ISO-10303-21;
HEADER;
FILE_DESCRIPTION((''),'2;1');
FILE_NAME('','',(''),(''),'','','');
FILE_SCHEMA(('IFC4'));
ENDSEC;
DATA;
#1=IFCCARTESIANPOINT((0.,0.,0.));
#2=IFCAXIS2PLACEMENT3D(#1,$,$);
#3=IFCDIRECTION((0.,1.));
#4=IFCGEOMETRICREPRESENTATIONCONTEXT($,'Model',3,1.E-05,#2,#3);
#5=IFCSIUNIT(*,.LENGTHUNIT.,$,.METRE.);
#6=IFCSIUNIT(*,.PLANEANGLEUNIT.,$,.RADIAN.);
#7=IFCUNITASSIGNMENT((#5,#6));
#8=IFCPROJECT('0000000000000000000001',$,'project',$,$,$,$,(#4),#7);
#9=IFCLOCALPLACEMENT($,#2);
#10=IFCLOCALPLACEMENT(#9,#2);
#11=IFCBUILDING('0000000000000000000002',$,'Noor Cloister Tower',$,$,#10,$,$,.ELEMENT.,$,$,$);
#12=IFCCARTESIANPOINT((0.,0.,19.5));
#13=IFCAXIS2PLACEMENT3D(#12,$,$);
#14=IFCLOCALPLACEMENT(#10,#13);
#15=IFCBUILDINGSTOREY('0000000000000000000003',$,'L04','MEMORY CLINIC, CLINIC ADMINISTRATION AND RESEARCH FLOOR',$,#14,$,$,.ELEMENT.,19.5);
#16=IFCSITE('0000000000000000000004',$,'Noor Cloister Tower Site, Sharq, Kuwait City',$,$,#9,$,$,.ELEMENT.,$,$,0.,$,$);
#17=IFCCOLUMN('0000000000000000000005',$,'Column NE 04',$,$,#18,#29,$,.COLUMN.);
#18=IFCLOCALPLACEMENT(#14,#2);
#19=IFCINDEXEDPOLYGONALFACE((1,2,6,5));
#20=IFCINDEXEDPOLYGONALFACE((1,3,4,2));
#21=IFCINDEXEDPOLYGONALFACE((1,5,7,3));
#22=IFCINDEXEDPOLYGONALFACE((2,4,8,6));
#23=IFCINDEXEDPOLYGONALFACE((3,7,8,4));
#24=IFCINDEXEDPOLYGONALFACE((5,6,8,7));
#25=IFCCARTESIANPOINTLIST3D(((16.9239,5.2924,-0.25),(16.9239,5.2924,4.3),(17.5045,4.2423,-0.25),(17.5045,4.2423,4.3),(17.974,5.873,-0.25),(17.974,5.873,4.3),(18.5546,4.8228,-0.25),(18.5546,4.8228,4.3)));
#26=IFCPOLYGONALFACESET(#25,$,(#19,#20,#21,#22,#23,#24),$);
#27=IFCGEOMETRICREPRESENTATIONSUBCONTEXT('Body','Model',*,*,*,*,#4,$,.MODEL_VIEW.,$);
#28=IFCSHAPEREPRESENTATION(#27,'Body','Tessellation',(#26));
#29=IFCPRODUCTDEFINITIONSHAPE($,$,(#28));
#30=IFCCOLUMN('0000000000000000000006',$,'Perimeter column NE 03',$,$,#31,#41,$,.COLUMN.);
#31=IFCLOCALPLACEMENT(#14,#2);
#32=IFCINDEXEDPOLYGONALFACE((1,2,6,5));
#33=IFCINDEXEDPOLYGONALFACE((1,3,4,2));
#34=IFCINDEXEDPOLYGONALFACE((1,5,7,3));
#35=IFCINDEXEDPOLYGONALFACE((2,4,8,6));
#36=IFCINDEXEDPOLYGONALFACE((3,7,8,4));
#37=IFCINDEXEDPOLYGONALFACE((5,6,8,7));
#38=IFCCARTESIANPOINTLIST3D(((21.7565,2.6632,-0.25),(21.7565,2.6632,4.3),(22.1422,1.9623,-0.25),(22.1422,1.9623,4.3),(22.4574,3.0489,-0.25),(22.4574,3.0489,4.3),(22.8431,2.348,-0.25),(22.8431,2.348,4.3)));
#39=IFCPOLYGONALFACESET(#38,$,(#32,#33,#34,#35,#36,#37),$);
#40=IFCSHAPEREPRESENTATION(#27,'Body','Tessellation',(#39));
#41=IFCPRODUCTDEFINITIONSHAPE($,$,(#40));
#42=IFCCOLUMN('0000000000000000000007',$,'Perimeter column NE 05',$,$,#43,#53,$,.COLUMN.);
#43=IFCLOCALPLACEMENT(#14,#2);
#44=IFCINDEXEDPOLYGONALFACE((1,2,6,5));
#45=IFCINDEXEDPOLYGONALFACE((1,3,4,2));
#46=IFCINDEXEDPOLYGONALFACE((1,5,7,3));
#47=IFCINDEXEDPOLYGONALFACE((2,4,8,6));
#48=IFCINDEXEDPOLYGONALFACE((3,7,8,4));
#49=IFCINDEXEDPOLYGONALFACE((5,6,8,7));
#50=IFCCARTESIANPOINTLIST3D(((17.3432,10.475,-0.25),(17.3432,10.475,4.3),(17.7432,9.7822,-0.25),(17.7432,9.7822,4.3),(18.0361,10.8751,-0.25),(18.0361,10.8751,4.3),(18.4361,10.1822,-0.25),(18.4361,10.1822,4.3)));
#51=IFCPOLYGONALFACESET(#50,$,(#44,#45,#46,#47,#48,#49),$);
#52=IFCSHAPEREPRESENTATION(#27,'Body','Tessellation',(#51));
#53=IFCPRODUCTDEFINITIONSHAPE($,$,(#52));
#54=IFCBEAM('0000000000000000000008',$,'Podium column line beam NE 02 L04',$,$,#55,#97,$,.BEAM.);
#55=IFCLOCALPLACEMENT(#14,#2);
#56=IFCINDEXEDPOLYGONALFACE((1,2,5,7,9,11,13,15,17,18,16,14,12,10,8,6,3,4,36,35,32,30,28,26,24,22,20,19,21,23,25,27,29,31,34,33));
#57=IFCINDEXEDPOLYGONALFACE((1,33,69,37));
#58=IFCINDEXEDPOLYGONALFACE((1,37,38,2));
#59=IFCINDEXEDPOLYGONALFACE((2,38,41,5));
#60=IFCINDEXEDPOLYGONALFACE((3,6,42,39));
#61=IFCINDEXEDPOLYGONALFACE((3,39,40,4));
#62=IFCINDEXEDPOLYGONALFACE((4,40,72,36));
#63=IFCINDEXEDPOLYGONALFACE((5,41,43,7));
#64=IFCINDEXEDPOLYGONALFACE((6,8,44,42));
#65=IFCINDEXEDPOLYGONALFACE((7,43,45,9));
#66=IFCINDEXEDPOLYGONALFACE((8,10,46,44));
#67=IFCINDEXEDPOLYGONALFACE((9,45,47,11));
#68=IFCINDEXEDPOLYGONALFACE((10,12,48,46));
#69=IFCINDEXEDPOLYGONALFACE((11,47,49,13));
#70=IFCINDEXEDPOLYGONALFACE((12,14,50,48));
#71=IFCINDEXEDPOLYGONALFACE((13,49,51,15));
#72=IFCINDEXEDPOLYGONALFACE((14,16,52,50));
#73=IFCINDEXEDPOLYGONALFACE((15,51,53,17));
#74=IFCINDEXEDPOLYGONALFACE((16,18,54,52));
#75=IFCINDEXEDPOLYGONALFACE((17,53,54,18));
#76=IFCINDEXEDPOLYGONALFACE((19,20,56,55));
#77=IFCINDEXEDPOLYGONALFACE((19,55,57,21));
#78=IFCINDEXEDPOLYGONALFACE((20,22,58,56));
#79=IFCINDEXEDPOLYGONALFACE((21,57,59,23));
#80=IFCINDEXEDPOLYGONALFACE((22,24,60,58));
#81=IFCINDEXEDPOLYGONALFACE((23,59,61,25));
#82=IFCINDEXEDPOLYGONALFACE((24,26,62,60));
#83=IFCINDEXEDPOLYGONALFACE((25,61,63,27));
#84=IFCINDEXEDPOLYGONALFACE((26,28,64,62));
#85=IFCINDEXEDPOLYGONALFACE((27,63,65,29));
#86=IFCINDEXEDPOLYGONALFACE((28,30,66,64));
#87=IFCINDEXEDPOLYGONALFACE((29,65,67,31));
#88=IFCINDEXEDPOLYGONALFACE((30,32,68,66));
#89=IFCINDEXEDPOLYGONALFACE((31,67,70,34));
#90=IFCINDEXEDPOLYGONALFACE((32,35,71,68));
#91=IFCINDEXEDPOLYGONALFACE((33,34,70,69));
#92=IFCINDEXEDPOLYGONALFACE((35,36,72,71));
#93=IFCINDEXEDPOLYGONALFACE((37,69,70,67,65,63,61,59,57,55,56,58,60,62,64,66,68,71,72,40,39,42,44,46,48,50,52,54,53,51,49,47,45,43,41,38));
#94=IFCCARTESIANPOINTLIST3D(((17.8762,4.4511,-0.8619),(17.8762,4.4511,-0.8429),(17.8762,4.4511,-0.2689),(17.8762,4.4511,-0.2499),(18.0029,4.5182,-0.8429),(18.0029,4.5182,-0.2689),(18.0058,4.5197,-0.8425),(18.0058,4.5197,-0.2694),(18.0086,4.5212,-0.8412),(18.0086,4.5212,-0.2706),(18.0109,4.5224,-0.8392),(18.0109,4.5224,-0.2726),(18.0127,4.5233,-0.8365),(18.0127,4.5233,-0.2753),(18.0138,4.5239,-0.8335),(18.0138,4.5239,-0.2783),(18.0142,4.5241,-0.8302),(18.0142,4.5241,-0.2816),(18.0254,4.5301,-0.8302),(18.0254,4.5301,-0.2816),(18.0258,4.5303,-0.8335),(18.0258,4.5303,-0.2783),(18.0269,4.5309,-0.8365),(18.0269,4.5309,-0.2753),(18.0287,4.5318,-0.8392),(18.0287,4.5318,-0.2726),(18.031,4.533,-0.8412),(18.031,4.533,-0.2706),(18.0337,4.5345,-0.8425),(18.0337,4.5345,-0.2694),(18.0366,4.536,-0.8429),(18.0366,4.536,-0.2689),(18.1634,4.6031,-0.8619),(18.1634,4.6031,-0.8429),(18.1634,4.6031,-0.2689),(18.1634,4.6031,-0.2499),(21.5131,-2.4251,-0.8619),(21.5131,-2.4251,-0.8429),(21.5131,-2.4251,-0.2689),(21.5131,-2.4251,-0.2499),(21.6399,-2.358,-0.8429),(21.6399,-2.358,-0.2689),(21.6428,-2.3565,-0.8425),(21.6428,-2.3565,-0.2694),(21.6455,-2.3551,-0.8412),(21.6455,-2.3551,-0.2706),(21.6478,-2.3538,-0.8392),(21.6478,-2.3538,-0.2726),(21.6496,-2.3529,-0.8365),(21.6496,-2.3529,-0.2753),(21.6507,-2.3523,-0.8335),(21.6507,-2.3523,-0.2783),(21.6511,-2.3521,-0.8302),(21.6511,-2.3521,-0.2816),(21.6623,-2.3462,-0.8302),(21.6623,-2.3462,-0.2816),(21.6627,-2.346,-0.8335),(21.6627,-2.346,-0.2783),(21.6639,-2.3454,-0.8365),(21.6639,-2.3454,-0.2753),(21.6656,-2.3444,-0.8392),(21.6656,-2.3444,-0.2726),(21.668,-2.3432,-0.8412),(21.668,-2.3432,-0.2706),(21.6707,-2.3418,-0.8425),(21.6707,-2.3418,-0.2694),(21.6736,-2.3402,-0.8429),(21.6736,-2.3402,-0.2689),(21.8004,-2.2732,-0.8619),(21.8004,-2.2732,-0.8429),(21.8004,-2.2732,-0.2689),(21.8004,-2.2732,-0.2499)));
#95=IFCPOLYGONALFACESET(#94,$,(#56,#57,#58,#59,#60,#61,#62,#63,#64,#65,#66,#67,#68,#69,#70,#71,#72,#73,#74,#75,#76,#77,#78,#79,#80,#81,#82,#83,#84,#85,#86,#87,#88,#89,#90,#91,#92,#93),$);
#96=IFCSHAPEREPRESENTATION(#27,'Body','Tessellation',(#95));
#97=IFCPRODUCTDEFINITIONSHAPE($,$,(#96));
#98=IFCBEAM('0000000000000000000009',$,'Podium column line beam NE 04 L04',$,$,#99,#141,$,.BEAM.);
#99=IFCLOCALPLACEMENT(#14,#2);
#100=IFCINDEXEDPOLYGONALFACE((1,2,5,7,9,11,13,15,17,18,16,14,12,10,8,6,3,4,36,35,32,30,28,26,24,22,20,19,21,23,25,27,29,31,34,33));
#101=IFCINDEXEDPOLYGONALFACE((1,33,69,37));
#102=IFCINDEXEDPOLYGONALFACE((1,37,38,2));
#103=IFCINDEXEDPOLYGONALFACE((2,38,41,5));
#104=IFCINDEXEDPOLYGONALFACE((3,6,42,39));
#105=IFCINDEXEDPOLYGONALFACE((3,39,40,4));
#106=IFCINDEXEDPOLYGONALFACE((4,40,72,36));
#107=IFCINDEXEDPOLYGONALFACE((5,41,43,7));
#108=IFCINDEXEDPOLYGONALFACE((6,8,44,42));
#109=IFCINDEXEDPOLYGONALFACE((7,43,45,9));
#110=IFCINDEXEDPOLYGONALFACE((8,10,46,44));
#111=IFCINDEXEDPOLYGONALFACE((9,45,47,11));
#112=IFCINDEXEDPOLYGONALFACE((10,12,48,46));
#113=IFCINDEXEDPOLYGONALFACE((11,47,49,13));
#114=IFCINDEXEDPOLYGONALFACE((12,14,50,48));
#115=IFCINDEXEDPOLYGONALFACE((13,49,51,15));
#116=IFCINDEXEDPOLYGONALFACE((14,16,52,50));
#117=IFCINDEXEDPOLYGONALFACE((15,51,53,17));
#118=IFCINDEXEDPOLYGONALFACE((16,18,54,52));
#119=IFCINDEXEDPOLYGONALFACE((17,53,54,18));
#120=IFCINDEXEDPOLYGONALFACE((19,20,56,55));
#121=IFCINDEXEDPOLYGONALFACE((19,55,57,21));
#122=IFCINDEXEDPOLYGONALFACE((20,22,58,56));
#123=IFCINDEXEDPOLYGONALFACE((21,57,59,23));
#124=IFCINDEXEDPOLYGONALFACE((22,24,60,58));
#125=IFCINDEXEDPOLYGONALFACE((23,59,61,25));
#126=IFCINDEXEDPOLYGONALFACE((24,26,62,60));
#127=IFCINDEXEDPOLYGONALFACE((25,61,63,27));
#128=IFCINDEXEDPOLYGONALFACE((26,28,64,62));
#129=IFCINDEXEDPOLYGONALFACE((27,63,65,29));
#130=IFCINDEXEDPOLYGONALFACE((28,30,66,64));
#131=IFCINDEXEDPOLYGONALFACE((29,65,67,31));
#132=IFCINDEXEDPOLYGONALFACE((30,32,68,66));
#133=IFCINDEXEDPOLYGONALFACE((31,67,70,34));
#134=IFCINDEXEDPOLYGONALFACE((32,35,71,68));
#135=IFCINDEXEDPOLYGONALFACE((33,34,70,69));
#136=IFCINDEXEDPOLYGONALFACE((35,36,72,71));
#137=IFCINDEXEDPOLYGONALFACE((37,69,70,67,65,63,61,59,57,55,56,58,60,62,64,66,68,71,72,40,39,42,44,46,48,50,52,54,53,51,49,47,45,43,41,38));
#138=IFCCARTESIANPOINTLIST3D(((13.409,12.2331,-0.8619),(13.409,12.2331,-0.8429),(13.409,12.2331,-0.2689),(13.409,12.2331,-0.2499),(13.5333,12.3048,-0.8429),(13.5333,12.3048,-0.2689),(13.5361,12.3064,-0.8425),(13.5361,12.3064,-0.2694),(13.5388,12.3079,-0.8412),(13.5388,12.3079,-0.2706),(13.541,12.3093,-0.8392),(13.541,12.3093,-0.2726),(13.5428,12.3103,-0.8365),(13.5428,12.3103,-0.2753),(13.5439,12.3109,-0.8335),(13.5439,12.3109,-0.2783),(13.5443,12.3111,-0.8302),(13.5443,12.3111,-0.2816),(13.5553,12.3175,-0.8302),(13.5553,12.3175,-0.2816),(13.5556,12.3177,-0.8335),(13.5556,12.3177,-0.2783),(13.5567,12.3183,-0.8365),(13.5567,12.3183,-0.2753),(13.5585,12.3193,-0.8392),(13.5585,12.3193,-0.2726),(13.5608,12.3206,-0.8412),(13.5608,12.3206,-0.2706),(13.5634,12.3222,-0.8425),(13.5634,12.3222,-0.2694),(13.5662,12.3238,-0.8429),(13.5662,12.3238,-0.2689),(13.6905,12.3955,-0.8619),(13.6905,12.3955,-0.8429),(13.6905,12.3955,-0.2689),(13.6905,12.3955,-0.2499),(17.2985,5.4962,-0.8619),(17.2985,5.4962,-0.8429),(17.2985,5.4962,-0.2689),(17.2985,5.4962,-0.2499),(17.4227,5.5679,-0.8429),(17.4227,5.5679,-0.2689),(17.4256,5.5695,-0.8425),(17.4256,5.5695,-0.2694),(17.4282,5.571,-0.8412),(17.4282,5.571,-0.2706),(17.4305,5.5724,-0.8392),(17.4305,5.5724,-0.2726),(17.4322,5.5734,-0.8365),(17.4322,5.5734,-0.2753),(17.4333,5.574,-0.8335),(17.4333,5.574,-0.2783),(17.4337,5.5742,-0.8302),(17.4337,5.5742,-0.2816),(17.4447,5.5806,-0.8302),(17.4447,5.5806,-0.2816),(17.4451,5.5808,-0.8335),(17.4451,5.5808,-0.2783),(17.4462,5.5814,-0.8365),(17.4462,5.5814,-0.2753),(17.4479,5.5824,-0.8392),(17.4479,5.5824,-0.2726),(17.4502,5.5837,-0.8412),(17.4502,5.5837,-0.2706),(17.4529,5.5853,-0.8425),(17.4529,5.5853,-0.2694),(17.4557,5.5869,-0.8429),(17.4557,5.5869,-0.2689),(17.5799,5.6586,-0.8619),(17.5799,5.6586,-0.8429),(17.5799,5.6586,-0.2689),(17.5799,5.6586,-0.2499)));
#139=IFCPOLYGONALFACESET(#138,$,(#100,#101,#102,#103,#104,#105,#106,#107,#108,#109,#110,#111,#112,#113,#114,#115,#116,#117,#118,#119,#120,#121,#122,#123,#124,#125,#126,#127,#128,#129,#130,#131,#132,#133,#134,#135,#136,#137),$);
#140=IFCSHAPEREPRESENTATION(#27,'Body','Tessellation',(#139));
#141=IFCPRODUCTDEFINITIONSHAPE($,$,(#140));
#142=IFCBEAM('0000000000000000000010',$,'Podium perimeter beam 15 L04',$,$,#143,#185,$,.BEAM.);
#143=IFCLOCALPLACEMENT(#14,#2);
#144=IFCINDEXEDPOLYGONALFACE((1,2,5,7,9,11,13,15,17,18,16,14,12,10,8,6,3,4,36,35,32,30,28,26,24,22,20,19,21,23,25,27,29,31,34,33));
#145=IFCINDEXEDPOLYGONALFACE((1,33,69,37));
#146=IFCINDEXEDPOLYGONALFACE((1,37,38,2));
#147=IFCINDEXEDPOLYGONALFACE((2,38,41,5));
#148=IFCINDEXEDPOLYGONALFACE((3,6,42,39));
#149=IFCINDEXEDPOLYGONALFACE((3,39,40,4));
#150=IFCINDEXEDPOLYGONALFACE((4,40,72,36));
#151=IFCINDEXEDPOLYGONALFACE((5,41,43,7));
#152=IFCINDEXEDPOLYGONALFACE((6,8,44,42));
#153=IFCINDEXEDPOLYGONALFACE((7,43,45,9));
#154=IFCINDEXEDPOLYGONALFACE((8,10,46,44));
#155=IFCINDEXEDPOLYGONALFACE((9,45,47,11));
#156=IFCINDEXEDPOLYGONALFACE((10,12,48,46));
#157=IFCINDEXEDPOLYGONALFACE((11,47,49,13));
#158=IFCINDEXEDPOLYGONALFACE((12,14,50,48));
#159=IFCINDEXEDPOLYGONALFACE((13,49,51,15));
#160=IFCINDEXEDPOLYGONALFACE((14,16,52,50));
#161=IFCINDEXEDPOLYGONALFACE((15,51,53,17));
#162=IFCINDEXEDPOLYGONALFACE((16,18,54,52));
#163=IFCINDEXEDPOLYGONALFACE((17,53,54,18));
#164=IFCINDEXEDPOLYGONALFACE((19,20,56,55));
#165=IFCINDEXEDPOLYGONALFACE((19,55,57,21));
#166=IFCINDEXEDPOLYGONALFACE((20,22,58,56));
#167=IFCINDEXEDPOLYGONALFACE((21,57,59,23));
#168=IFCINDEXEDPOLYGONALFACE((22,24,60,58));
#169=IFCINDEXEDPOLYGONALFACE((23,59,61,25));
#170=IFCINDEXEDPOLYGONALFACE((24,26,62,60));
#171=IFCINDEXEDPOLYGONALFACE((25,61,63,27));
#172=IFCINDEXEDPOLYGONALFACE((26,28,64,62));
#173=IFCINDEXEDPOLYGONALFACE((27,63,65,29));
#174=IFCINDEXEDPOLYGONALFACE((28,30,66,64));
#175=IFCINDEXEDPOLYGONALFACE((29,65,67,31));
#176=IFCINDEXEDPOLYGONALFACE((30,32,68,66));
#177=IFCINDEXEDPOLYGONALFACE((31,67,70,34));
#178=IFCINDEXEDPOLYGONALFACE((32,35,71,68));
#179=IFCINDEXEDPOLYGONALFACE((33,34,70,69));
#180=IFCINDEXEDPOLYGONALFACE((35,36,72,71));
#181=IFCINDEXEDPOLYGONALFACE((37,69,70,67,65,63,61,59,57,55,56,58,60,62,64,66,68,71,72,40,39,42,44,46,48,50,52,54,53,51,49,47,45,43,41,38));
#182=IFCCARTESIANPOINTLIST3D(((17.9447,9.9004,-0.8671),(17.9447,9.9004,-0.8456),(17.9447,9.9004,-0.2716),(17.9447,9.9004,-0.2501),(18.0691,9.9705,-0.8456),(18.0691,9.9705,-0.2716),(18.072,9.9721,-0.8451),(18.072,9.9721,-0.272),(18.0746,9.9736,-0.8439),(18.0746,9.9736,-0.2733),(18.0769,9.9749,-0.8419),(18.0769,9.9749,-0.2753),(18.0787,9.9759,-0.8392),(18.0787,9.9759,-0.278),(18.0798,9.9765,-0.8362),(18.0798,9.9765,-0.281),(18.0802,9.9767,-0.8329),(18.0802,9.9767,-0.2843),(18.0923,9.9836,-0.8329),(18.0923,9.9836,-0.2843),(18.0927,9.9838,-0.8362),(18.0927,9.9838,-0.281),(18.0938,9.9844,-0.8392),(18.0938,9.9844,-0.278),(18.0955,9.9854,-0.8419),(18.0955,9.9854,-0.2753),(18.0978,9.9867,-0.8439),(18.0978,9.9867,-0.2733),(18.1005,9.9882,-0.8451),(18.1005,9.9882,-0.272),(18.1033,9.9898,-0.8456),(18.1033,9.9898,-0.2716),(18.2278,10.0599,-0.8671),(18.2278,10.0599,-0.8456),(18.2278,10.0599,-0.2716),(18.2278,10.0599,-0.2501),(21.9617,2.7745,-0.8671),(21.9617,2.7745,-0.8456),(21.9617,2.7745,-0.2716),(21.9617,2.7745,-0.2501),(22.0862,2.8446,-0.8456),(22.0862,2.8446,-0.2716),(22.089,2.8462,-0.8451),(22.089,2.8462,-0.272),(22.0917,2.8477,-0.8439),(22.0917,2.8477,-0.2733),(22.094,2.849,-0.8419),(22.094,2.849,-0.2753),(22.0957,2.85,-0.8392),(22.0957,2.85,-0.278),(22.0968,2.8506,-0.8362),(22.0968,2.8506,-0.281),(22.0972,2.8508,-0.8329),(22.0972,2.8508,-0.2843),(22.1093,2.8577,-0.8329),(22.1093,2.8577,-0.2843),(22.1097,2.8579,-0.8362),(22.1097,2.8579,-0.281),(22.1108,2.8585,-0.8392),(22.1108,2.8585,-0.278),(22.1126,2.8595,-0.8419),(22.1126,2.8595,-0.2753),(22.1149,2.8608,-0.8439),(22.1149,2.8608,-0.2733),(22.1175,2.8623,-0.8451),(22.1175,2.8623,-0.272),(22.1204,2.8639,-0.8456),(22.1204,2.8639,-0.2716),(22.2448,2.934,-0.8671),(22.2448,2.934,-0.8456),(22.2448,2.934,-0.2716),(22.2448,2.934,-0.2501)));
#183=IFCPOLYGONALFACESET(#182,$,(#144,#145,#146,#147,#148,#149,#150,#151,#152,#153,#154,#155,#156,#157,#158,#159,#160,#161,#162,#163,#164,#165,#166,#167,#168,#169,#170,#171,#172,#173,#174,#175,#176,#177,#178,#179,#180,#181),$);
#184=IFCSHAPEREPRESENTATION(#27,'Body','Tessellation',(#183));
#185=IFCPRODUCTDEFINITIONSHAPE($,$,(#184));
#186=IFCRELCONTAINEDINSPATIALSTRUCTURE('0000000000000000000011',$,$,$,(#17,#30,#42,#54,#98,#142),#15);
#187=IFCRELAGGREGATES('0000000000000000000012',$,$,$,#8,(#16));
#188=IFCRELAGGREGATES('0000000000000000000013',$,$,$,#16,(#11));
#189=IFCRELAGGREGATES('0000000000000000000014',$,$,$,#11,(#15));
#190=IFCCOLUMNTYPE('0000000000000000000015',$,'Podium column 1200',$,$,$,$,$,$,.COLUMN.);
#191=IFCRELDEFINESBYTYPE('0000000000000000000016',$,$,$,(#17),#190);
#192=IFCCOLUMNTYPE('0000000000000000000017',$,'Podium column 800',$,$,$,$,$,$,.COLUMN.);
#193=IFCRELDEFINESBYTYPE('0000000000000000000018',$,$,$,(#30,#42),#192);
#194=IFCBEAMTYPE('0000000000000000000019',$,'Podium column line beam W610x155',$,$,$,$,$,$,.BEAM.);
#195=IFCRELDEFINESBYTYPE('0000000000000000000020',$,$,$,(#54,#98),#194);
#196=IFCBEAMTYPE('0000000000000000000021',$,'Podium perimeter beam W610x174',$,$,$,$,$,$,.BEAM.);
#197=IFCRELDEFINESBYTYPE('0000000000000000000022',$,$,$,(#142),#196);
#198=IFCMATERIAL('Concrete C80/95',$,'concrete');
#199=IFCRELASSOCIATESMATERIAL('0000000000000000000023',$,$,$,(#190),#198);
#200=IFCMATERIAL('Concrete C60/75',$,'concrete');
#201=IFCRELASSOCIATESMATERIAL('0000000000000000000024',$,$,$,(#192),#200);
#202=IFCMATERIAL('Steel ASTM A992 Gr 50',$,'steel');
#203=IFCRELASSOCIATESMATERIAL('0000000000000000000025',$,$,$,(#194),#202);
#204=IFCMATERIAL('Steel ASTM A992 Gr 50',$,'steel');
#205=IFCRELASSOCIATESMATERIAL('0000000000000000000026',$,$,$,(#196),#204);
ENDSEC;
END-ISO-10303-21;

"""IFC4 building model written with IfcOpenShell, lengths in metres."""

from ifc_helpers import new_model, si_unit, direction, frame, origin, origin_2d, place, context, subcontext, project, spatial, rectangle, i_section, extrude, material, material_profile, profile_set, type_object, element, save


model = new_model("IFC4")

# Units and contexts
model_context = context("Model", 3, precision=1e-05, world=origin(), true_north=direction((0.0, 1.0)))
body_context = subcontext(model_context, "Body", "Model", "MODEL_VIEW")
ifc_project = project(units=[si_unit("LENGTHUNIT", "METRE"), si_unit("PLANEANGLEUNIT", "RADIAN")], contexts=[model_context])

# Site, building, storey
site_placement = place(None, origin())
site = spatial("IfcSite", under=ifc_project, at=site_placement, Name="Noor Cloister Tower Site, Sharq, Kuwait City", CompositionType="ELEMENT", RefElevation=0.0)
building_placement = place(site_placement, origin())
building = spatial("IfcBuilding", under=site, at=building_placement, Name="Noor Cloister Tower", CompositionType="ELEMENT")
storey_placement = place(building_placement, frame((0.0, 0.0, 19.5)))
storey = spatial("IfcBuildingStorey", under=building, at=storey_placement, Name="L04", Description="MEMORY CLINIC, CLINIC ADMINISTRATION AND RESEARCH FLOOR", CompositionType="ELEMENT", Elevation=19.5)

# Columns
ifc_material_1 = material(Name="Concrete C80/95", Category="concrete")
ifc_material_profile_1 = material_profile(ifc_material_1, rectangle(XDim=1.2, YDim=1.2, at=origin_2d()), Name="Podium column 1200")
ifc_profile_set_1 = profile_set([ifc_material_profile_1], Name="Concrete C80/95")
column_type_1 = type_object("IfcColumnType", Name="Podium column 1200", PredefinedType="COLUMN", material=ifc_profile_set_1)
column_placement = place(storey_placement, frame((17.7393, 5.0576, -0.25), z_axis=(0.0, 0.0, 1.0), x_axis=(0.875153, 0.483847, 0.0)))
element("IfcColumn", 1, at=column_placement, inside=storey, type_object=column_type_1, Name="Column NE 04", PredefinedType="COLUMN", context=body_context, shape_type="SweptSolid", body=[
    extrude(rectangle(XDim=1.2, YDim=1.2, at=origin_2d()), origin(), (0.0, 0.0, 1.0), 4.55),
])
ifc_material_2 = material(Name="Concrete C60/75", Category="concrete")
ifc_material_profile_2 = material_profile(ifc_material_2, rectangle(XDim=0.8, YDim=0.8, at=origin_2d()), Name="Podium column 800")
ifc_profile_set_2 = profile_set([ifc_material_profile_2], Name="Concrete C60/75")
column_type_2 = type_object("IfcColumnType", Name="Podium column 800", PredefinedType="COLUMN", material=ifc_profile_set_2)
for number, where, z_axis, x_axis, name in (
    (2, (22.2998, 2.5056, -0.25), (0.0, 0.0, 1.0), (0.876111, 0.482109, 0.0), "Perimeter column NE 03"),
    (3, (17.8896, 10.3286, -0.25), (0.0, 0.0, 1.0), (0.866025, 0.5, 0.0), "Perimeter column NE 05"),
):
    element("IfcColumn", number, at=place(storey_placement, frame(where, z_axis=z_axis, x_axis=x_axis)), inside=storey, type_object=column_type_2, Name=name, PredefinedType="COLUMN", context=body_context, shape_type="SweptSolid", body=[
        extrude(rectangle(XDim=0.8, YDim=0.8, at=origin_2d()), origin(), (0.0, 0.0, 1.0), 4.55),
    ])

# Beams
ifc_material_3 = material(Name="Steel ASTM A992 Gr 50", Category="steel")
ifc_material_profile_3 = material_profile(ifc_material_3, i_section(OverallWidth=0.325, OverallDepth=0.6121, WebThickness=0.0127, FlangeThickness=0.019, FilletRadius=0.0127, at=origin_2d()), Name="W610x155")
ifc_profile_set_3 = profile_set([ifc_material_profile_3], Name="Steel ASTM A992 Gr 50")
beam_type_1 = type_object("IfcBeamType", Name="Podium column line beam W610x155", PredefinedType="BEAM", material=ifc_profile_set_3)
beam_1_placement = place(storey_placement, frame((21.6567, -2.3491, -0.5559), z_axis=(-0.467547, 0.883968, 0.0), x_axis=(-0.883968, -0.467547, 0.0)))
element("IfcBeam", 4, at=beam_1_placement, inside=storey, type_object=beam_type_1, Name="Podium column line beam NE 02 L04", PredefinedType="BEAM", context=body_context, shape_type="SweptSolid", body=[
    extrude(i_section(OverallWidth=0.325, OverallDepth=0.6121, WebThickness=0.0127, FlangeThickness=0.019, FilletRadius=0.0127, at=origin_2d()), origin(), (0.0, 0.0, 1.0), 7.7788),
])
beam_2_placement = place(storey_placement, frame((17.4392, 5.5774, -0.5559), z_axis=(-0.499991, 0.866031, 0.0), x_axis=(-0.866031, -0.499991, 0.0)))
element("IfcBeam", 5, at=beam_2_placement, inside=storey, type_object=beam_type_1, Name="Podium column line beam NE 04 L04", PredefinedType="BEAM", context=body_context, shape_type="SweptSolid", body=[
    extrude(i_section(OverallWidth=0.325, OverallDepth=0.6121, WebThickness=0.0127, FlangeThickness=0.019, FilletRadius=0.0127, at=origin_2d()), origin(), (0.0, 0.0, 1.0), 7.7791),
])
ifc_material_4 = material(Name="Steel ASTM A992 Gr 50", Category="steel")
ifc_material_profile_4 = material_profile(ifc_material_4, i_section(OverallWidth=0.325, OverallDepth=0.6169, WebThickness=0.0139, FlangeThickness=0.0215, FilletRadius=0.0127, at=origin_2d()), Name="W610x174")
ifc_profile_set_4 = profile_set([ifc_material_profile_4], Name="Steel ASTM A992 Gr 50")
beam_type_2 = type_object("IfcBeamType", Name="Podium perimeter beam W610x174", PredefinedType="BEAM", material=ifc_profile_set_4)
for number, where, z_axis, x_axis, name in (
    (6, (22.1033, 2.8542, -0.5586), (-0.491072, 0.871119, 0.0), (-0.871119, -0.491072, 0.0), "Podium perimeter beam 15 L04"),
):
    element("IfcBeam", number, at=place(storey_placement, frame(where, z_axis=z_axis, x_axis=x_axis)), inside=storey, type_object=beam_type_2, Name=name, PredefinedType="BEAM", context=body_context, shape_type="SweptSolid", body=[
        extrude(i_section(OverallWidth=0.325, OverallDepth=0.6169, WebThickness=0.0139, FlangeThickness=0.0215, FilletRadius=0.0127, at=origin_2d()), origin(), (0.0, 0.0, 1.0), 8.1802),
    ])

save(model, "model.ifc")
